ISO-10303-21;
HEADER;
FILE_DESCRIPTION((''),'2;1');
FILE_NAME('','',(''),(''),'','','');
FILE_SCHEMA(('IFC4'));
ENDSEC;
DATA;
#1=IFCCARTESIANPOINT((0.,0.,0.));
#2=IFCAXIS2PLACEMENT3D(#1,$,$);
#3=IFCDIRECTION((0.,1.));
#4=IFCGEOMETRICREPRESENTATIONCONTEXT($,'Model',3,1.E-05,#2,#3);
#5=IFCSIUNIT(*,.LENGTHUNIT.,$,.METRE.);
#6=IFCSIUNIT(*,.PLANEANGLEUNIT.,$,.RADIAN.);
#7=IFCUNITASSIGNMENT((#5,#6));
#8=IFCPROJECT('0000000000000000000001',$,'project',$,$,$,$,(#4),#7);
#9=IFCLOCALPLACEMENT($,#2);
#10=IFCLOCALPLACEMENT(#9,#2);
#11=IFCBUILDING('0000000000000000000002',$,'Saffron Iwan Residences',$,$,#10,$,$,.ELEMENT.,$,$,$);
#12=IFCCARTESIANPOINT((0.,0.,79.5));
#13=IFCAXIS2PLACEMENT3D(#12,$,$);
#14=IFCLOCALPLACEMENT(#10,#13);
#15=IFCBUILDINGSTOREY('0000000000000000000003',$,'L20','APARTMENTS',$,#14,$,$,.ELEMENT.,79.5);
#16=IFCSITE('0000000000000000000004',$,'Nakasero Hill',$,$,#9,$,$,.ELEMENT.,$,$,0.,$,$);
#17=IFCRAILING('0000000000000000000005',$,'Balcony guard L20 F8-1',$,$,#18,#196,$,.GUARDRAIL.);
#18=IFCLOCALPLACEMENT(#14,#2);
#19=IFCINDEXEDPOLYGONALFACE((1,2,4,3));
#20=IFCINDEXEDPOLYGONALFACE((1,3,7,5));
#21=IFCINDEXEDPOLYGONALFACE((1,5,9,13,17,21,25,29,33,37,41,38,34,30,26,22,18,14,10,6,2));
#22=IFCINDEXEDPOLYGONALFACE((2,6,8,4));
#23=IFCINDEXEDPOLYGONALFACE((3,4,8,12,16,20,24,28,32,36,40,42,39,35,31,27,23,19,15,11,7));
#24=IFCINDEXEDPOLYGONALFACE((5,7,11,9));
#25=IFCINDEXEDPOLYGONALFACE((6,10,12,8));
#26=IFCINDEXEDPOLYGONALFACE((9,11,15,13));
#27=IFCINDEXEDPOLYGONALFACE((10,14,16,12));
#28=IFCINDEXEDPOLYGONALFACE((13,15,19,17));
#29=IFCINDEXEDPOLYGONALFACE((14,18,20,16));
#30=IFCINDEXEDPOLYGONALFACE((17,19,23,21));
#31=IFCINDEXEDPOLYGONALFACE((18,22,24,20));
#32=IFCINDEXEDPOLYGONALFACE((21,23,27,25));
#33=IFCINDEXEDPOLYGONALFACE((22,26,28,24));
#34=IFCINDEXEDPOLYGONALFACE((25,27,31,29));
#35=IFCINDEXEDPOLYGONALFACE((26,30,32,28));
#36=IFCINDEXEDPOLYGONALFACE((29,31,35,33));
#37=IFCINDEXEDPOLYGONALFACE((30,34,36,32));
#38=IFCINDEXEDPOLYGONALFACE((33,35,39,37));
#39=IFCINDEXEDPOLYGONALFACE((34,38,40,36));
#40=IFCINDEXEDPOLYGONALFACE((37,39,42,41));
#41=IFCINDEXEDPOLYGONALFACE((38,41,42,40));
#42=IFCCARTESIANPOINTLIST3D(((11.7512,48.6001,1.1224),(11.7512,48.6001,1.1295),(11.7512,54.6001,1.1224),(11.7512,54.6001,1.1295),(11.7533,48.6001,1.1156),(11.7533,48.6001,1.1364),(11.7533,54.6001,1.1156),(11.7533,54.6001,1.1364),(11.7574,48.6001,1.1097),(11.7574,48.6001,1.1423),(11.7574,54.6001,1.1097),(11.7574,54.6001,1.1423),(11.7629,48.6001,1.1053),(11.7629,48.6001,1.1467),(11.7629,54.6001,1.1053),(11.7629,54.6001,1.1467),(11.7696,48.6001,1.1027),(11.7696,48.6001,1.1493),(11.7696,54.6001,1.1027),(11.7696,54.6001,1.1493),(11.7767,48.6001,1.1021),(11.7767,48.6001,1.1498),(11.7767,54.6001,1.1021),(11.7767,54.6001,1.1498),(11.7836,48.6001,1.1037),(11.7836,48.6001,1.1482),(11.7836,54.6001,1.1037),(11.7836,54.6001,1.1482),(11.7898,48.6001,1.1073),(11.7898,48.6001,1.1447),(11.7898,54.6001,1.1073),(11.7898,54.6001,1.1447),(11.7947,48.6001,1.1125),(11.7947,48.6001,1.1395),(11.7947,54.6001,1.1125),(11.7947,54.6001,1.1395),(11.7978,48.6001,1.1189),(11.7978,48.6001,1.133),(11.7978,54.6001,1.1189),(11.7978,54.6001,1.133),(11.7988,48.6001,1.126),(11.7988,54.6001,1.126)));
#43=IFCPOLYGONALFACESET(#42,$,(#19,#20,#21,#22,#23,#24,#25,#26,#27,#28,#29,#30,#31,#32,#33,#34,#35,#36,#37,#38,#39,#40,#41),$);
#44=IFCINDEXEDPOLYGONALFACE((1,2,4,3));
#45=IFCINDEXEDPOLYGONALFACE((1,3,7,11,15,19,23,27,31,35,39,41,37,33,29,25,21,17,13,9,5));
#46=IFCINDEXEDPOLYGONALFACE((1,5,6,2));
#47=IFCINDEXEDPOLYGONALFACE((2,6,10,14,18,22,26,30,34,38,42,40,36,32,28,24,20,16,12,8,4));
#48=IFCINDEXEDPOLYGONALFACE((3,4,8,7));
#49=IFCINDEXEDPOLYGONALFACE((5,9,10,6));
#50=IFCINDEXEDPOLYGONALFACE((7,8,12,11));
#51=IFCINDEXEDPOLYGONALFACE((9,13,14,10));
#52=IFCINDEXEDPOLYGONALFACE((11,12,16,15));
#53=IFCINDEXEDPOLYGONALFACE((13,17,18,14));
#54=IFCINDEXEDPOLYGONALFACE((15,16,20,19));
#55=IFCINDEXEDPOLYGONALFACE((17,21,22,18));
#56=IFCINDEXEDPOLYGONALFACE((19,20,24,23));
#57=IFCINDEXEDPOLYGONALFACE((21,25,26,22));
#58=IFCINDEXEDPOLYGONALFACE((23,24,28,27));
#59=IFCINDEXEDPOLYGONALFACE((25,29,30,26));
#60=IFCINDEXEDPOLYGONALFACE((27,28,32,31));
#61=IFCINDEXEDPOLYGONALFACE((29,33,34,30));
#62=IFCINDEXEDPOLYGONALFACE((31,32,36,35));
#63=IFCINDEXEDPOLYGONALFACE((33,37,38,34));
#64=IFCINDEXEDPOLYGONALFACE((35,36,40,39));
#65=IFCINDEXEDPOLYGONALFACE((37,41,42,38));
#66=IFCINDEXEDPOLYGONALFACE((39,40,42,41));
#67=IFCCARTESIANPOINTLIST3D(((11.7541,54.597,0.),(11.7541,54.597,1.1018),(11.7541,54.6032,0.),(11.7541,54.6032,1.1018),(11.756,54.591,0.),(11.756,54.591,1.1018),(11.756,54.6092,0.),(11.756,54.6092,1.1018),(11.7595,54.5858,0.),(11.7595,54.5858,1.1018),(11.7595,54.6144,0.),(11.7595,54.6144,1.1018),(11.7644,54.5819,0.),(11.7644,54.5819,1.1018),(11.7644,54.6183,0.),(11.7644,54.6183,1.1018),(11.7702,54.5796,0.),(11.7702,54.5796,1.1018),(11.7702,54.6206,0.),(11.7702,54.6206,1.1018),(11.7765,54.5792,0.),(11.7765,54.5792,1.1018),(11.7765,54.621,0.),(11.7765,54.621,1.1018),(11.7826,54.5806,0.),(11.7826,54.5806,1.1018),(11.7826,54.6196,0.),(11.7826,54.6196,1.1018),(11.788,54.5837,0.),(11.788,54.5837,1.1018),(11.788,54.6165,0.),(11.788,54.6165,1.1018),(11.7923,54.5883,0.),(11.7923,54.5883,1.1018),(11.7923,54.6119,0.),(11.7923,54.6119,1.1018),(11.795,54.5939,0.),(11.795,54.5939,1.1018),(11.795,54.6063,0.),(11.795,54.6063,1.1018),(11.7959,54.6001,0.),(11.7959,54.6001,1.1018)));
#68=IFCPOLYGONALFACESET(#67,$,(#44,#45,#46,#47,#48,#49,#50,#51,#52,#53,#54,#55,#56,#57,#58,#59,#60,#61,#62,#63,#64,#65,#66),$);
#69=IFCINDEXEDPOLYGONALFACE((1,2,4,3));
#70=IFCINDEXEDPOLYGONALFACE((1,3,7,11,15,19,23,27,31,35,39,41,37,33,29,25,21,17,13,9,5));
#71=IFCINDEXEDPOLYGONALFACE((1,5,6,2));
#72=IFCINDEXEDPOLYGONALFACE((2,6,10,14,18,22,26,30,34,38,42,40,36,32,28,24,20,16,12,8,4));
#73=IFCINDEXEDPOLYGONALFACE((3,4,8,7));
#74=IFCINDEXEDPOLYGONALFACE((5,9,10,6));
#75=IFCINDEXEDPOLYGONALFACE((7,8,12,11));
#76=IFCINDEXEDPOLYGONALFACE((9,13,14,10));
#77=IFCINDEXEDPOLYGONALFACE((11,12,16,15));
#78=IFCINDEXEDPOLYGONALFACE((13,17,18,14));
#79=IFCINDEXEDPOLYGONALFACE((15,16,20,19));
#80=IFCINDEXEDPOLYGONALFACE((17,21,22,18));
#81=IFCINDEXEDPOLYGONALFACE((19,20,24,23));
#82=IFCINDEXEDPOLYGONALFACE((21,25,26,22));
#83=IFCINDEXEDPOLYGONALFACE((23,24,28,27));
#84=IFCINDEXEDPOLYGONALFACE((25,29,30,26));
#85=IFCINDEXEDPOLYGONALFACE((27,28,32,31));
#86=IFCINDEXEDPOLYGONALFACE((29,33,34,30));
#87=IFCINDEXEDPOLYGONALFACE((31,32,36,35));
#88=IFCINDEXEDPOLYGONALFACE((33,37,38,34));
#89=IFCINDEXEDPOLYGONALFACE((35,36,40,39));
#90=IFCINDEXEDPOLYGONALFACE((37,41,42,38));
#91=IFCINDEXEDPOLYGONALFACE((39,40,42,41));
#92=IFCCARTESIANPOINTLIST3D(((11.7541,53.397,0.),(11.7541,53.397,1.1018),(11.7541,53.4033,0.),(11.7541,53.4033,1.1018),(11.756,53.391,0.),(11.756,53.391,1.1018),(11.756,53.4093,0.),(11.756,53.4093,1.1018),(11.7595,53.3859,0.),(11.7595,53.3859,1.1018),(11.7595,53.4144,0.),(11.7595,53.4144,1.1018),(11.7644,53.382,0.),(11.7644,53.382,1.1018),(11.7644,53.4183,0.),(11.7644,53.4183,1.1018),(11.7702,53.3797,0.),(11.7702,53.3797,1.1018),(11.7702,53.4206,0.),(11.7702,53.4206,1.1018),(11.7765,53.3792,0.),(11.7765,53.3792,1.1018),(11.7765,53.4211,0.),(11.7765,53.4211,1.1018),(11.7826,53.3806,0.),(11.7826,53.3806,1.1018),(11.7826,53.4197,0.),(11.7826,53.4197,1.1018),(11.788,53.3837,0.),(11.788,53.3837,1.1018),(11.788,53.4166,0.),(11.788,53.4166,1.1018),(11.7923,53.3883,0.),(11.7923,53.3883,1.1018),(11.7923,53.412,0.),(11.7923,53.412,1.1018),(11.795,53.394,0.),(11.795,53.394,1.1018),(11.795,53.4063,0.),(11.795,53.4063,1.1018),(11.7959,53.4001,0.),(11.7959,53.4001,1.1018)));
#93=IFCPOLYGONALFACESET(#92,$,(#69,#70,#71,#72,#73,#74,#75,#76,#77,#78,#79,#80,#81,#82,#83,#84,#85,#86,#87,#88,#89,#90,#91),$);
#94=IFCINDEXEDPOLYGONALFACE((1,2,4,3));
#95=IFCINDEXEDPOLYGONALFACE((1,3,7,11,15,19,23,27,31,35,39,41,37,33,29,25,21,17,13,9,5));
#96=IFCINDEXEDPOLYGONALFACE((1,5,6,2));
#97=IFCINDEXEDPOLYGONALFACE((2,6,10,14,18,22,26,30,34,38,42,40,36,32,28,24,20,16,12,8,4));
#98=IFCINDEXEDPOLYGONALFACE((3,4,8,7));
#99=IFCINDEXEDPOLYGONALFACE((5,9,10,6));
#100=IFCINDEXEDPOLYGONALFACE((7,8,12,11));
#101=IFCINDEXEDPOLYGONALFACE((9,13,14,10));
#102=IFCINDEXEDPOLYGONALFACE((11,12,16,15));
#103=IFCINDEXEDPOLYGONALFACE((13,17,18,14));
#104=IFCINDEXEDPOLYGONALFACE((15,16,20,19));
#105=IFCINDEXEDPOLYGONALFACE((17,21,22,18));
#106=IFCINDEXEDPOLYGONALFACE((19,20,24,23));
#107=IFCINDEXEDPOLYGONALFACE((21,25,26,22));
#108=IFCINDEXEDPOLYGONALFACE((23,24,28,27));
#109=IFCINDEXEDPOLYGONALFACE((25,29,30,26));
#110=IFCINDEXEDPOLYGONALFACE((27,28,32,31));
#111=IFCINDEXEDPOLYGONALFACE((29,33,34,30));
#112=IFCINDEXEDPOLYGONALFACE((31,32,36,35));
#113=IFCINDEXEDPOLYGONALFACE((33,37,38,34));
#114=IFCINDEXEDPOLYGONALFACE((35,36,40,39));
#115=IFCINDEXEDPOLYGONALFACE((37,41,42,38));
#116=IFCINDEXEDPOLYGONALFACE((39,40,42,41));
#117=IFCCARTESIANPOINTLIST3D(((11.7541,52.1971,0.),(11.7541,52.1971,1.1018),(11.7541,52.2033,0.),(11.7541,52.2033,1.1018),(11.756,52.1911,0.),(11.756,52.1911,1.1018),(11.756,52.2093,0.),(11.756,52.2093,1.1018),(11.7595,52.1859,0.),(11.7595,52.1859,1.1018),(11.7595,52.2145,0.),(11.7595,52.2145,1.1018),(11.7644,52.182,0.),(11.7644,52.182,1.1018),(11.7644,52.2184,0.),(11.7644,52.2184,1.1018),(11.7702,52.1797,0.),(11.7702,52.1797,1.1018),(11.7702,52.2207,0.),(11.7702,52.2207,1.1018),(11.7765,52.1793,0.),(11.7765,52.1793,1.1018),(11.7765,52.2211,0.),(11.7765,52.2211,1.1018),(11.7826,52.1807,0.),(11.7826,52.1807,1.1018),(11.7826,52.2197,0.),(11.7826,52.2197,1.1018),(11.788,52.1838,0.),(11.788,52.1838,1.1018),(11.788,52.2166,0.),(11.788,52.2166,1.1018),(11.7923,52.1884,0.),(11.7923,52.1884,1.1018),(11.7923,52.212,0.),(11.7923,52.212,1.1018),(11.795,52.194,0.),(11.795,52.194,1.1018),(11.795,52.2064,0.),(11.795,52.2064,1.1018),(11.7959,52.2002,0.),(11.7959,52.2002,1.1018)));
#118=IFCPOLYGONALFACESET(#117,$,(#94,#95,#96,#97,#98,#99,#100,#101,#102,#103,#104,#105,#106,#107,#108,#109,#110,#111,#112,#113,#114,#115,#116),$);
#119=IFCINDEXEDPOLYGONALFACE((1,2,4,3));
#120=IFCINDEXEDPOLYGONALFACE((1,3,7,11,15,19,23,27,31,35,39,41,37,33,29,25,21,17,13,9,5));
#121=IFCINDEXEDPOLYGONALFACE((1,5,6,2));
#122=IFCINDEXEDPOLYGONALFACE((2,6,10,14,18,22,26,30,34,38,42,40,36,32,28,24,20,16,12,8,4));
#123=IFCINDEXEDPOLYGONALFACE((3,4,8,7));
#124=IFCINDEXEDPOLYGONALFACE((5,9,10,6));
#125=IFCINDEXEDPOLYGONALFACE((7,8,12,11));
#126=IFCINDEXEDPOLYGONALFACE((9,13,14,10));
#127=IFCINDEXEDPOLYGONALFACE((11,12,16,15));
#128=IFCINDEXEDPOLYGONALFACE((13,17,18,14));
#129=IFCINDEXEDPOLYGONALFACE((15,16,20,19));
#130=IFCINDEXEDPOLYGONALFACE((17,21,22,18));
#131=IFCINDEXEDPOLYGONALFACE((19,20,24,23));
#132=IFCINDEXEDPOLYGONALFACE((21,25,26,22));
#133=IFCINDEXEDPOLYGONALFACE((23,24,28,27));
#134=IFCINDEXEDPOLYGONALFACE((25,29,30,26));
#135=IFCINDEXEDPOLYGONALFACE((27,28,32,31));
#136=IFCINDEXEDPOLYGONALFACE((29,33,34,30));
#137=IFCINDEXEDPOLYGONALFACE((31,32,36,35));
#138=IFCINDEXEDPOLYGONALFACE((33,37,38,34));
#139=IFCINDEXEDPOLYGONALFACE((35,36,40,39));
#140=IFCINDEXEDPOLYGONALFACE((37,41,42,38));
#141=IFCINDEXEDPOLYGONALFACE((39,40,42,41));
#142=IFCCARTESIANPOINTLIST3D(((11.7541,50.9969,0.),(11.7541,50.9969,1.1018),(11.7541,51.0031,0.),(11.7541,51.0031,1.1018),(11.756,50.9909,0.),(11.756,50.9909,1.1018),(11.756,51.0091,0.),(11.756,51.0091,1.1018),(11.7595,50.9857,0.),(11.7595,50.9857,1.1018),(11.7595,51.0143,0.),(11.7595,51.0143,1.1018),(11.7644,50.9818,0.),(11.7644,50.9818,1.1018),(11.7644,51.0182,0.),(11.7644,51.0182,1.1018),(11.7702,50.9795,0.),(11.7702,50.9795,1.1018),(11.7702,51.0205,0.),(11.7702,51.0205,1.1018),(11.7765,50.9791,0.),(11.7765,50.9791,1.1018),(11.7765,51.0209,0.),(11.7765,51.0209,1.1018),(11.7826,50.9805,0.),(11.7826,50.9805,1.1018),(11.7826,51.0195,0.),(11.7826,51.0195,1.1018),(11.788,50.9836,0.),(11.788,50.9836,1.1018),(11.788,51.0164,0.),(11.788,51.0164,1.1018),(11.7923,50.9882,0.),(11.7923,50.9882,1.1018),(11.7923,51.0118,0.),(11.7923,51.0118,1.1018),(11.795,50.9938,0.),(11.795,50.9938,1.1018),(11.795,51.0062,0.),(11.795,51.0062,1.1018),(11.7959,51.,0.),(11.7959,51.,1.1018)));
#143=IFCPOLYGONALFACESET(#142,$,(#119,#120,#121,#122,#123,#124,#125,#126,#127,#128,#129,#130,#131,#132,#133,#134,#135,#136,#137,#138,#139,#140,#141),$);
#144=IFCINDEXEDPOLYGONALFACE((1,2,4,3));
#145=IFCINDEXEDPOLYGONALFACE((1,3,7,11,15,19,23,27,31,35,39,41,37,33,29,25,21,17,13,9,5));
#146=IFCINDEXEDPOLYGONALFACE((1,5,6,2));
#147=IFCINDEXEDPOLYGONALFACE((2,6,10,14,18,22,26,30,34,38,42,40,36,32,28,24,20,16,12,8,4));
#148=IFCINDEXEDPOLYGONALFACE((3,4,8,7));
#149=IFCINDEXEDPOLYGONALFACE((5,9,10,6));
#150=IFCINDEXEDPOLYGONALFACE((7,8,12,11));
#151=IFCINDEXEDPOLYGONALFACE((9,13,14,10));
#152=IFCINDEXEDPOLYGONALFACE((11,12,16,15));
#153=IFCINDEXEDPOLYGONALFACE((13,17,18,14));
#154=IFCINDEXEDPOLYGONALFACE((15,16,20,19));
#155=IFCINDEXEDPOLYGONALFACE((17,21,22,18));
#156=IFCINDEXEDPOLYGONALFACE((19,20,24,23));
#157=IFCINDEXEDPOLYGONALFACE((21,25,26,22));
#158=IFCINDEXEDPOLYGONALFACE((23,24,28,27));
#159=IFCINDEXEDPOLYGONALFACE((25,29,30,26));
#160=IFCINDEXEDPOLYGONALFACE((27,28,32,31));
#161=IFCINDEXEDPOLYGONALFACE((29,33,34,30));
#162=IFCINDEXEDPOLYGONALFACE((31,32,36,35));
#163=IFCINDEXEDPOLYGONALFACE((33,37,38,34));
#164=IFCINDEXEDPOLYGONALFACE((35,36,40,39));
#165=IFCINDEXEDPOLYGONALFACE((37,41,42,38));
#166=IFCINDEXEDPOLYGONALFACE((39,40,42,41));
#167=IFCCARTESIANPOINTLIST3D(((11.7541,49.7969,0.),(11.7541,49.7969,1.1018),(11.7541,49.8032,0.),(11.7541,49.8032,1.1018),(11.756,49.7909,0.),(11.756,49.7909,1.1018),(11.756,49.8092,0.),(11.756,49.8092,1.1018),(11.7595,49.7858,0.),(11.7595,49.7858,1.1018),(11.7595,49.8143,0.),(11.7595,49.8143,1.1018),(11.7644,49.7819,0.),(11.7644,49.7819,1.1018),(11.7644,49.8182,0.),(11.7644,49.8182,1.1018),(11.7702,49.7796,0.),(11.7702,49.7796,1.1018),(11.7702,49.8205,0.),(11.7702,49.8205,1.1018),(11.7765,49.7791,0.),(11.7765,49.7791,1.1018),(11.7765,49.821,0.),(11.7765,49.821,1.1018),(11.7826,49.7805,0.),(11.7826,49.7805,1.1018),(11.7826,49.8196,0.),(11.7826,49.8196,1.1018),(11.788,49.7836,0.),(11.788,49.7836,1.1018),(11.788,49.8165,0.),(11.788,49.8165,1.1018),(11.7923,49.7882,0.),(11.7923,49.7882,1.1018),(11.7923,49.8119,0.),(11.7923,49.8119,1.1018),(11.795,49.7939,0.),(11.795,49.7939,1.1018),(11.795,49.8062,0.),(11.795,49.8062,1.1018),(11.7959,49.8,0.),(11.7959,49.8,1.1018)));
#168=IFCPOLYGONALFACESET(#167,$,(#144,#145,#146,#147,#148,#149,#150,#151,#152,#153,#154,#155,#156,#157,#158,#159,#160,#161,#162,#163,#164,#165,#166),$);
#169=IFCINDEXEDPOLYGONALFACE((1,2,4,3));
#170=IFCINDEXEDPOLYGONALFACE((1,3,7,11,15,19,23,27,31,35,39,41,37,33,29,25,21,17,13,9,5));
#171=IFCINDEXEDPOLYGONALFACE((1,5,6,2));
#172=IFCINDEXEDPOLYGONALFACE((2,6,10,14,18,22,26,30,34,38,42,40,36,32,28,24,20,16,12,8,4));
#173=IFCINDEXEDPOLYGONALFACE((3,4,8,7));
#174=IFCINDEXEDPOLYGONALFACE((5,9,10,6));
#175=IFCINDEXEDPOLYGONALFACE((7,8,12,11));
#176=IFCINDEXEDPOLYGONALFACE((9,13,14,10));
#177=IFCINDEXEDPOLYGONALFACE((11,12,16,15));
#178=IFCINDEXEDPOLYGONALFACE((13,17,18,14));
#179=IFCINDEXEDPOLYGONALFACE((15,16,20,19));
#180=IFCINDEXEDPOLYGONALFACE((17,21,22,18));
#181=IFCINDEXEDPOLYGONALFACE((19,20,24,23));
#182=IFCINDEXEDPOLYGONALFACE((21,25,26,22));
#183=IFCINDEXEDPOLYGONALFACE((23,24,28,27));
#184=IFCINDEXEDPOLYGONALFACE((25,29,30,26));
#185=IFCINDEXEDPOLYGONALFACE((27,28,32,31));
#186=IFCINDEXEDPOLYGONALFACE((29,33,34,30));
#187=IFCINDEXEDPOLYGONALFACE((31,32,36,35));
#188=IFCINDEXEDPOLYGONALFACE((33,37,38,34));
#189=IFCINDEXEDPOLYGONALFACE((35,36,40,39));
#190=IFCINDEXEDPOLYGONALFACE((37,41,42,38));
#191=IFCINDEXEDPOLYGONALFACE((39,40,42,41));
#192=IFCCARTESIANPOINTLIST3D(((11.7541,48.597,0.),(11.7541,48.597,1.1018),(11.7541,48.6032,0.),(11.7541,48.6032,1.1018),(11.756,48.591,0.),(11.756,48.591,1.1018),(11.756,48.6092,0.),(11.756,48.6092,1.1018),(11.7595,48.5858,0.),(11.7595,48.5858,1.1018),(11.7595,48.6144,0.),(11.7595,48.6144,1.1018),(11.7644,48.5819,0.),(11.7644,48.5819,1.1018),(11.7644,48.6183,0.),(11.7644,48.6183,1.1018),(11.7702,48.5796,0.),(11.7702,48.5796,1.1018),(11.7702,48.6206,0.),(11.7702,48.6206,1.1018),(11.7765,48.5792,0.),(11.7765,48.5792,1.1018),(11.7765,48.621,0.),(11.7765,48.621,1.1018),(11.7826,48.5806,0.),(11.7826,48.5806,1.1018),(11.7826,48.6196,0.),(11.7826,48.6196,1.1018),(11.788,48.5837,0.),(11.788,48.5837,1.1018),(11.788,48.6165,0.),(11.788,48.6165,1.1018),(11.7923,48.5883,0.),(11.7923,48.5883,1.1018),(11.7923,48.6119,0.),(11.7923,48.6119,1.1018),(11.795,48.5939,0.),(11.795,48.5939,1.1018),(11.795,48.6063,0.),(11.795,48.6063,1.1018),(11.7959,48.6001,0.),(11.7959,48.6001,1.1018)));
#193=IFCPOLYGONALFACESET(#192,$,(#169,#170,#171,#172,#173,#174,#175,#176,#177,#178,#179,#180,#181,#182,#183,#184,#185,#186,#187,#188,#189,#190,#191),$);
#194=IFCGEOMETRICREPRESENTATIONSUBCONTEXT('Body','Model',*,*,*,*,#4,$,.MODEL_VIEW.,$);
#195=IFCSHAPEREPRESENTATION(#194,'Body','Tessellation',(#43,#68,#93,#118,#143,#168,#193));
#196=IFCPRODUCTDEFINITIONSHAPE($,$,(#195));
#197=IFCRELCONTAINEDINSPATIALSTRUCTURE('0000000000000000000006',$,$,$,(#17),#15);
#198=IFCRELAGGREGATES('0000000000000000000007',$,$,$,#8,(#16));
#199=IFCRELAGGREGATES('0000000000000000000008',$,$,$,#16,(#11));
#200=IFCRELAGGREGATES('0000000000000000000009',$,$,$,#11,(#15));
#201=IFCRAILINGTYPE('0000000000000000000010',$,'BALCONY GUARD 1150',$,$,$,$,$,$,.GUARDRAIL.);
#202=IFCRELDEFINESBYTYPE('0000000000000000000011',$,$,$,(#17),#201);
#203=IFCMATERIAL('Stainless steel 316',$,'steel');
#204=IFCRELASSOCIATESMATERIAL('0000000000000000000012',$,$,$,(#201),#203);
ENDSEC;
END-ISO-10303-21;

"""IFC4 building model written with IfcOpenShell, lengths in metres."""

from ifc_helpers import new_model, si_unit, direction, frame, origin, origin_2d, place, context, subcontext, project, spatial, circle, extrude, material, type_object, element, save


model = new_model("IFC4")

# Units and contexts
model_context = context("Model", 3, precision=1e-05, world=origin(), true_north=direction((0.0, 1.0)))
body_context = subcontext(model_context, "Body", "Model", "MODEL_VIEW")
ifc_project = project(units=[si_unit("LENGTHUNIT", "METRE"), si_unit("PLANEANGLEUNIT", "RADIAN")], contexts=[model_context])

# Site, building, storey
site_placement = place(None, origin())
site = spatial("IfcSite", under=ifc_project, at=site_placement, Name="Nakasero Hill", CompositionType="ELEMENT", RefElevation=0.0)
building_placement = place(site_placement, origin())
building = spatial("IfcBuilding", under=site, at=building_placement, Name="Saffron Iwan Residences", CompositionType="ELEMENT")
storey_placement = place(building_placement, frame((0.0, 0.0, 79.5)))
storey = spatial("IfcBuildingStorey", under=building, at=storey_placement, Name="L20", Description="APARTMENTS", CompositionType="ELEMENT", Elevation=79.5)

# Railing
ifc_material_1 = material(Name="Stainless steel 316", Category="steel")
railing_type = type_object("IfcRailingType", Name="BALCONY GUARD 1150", PredefinedType="GUARDRAIL", material=ifc_material_1)
railing_placement = place(storey_placement, frame((11.7749, 54.6001, 0.0)))
element("IfcRailing", 1, at=railing_placement, inside=storey, type_object=railing_type, Name="Balcony guard L20 F8-1", PredefinedType="GUARDRAIL", context=body_context, shape_type="SweptSolid", body=[
    extrude(circle(Radius=0.0239, at=origin_2d()), frame((0.0, 0.0, 1.126), z_axis=(0.0, -1.0, 0.0), x_axis=(1.0, 0.0, 0.0)), (0.0, 0.0, 1.0), 6.0),
    extrude(circle(Radius=0.021, at=origin_2d()), origin(), (0.0, 0.0, 1.0), 1.1018),
    extrude(circle(Radius=0.021, at=origin_2d()), frame((0.0, -1.2, 0.0)), (0.0, 0.0, 1.0), 1.1018),
    extrude(circle(Radius=0.021, at=origin_2d()), frame((0.0, -2.3999, 0.0)), (0.0, 0.0, 1.0), 1.1018),
    extrude(circle(Radius=0.021, at=origin_2d()), frame((0.0, -3.6001, 0.0)), (0.0, 0.0, 1.0), 1.1018),
    extrude(circle(Radius=0.021, at=origin_2d()), frame((0.0, -4.8, 0.0)), (0.0, 0.0, 1.0), 1.1018),
    extrude(circle(Radius=0.021, at=origin_2d()), frame((0.0, -6.0, 0.0)), (0.0, 0.0, 1.0), 1.1018),
])

save(model, "model.ifc")
